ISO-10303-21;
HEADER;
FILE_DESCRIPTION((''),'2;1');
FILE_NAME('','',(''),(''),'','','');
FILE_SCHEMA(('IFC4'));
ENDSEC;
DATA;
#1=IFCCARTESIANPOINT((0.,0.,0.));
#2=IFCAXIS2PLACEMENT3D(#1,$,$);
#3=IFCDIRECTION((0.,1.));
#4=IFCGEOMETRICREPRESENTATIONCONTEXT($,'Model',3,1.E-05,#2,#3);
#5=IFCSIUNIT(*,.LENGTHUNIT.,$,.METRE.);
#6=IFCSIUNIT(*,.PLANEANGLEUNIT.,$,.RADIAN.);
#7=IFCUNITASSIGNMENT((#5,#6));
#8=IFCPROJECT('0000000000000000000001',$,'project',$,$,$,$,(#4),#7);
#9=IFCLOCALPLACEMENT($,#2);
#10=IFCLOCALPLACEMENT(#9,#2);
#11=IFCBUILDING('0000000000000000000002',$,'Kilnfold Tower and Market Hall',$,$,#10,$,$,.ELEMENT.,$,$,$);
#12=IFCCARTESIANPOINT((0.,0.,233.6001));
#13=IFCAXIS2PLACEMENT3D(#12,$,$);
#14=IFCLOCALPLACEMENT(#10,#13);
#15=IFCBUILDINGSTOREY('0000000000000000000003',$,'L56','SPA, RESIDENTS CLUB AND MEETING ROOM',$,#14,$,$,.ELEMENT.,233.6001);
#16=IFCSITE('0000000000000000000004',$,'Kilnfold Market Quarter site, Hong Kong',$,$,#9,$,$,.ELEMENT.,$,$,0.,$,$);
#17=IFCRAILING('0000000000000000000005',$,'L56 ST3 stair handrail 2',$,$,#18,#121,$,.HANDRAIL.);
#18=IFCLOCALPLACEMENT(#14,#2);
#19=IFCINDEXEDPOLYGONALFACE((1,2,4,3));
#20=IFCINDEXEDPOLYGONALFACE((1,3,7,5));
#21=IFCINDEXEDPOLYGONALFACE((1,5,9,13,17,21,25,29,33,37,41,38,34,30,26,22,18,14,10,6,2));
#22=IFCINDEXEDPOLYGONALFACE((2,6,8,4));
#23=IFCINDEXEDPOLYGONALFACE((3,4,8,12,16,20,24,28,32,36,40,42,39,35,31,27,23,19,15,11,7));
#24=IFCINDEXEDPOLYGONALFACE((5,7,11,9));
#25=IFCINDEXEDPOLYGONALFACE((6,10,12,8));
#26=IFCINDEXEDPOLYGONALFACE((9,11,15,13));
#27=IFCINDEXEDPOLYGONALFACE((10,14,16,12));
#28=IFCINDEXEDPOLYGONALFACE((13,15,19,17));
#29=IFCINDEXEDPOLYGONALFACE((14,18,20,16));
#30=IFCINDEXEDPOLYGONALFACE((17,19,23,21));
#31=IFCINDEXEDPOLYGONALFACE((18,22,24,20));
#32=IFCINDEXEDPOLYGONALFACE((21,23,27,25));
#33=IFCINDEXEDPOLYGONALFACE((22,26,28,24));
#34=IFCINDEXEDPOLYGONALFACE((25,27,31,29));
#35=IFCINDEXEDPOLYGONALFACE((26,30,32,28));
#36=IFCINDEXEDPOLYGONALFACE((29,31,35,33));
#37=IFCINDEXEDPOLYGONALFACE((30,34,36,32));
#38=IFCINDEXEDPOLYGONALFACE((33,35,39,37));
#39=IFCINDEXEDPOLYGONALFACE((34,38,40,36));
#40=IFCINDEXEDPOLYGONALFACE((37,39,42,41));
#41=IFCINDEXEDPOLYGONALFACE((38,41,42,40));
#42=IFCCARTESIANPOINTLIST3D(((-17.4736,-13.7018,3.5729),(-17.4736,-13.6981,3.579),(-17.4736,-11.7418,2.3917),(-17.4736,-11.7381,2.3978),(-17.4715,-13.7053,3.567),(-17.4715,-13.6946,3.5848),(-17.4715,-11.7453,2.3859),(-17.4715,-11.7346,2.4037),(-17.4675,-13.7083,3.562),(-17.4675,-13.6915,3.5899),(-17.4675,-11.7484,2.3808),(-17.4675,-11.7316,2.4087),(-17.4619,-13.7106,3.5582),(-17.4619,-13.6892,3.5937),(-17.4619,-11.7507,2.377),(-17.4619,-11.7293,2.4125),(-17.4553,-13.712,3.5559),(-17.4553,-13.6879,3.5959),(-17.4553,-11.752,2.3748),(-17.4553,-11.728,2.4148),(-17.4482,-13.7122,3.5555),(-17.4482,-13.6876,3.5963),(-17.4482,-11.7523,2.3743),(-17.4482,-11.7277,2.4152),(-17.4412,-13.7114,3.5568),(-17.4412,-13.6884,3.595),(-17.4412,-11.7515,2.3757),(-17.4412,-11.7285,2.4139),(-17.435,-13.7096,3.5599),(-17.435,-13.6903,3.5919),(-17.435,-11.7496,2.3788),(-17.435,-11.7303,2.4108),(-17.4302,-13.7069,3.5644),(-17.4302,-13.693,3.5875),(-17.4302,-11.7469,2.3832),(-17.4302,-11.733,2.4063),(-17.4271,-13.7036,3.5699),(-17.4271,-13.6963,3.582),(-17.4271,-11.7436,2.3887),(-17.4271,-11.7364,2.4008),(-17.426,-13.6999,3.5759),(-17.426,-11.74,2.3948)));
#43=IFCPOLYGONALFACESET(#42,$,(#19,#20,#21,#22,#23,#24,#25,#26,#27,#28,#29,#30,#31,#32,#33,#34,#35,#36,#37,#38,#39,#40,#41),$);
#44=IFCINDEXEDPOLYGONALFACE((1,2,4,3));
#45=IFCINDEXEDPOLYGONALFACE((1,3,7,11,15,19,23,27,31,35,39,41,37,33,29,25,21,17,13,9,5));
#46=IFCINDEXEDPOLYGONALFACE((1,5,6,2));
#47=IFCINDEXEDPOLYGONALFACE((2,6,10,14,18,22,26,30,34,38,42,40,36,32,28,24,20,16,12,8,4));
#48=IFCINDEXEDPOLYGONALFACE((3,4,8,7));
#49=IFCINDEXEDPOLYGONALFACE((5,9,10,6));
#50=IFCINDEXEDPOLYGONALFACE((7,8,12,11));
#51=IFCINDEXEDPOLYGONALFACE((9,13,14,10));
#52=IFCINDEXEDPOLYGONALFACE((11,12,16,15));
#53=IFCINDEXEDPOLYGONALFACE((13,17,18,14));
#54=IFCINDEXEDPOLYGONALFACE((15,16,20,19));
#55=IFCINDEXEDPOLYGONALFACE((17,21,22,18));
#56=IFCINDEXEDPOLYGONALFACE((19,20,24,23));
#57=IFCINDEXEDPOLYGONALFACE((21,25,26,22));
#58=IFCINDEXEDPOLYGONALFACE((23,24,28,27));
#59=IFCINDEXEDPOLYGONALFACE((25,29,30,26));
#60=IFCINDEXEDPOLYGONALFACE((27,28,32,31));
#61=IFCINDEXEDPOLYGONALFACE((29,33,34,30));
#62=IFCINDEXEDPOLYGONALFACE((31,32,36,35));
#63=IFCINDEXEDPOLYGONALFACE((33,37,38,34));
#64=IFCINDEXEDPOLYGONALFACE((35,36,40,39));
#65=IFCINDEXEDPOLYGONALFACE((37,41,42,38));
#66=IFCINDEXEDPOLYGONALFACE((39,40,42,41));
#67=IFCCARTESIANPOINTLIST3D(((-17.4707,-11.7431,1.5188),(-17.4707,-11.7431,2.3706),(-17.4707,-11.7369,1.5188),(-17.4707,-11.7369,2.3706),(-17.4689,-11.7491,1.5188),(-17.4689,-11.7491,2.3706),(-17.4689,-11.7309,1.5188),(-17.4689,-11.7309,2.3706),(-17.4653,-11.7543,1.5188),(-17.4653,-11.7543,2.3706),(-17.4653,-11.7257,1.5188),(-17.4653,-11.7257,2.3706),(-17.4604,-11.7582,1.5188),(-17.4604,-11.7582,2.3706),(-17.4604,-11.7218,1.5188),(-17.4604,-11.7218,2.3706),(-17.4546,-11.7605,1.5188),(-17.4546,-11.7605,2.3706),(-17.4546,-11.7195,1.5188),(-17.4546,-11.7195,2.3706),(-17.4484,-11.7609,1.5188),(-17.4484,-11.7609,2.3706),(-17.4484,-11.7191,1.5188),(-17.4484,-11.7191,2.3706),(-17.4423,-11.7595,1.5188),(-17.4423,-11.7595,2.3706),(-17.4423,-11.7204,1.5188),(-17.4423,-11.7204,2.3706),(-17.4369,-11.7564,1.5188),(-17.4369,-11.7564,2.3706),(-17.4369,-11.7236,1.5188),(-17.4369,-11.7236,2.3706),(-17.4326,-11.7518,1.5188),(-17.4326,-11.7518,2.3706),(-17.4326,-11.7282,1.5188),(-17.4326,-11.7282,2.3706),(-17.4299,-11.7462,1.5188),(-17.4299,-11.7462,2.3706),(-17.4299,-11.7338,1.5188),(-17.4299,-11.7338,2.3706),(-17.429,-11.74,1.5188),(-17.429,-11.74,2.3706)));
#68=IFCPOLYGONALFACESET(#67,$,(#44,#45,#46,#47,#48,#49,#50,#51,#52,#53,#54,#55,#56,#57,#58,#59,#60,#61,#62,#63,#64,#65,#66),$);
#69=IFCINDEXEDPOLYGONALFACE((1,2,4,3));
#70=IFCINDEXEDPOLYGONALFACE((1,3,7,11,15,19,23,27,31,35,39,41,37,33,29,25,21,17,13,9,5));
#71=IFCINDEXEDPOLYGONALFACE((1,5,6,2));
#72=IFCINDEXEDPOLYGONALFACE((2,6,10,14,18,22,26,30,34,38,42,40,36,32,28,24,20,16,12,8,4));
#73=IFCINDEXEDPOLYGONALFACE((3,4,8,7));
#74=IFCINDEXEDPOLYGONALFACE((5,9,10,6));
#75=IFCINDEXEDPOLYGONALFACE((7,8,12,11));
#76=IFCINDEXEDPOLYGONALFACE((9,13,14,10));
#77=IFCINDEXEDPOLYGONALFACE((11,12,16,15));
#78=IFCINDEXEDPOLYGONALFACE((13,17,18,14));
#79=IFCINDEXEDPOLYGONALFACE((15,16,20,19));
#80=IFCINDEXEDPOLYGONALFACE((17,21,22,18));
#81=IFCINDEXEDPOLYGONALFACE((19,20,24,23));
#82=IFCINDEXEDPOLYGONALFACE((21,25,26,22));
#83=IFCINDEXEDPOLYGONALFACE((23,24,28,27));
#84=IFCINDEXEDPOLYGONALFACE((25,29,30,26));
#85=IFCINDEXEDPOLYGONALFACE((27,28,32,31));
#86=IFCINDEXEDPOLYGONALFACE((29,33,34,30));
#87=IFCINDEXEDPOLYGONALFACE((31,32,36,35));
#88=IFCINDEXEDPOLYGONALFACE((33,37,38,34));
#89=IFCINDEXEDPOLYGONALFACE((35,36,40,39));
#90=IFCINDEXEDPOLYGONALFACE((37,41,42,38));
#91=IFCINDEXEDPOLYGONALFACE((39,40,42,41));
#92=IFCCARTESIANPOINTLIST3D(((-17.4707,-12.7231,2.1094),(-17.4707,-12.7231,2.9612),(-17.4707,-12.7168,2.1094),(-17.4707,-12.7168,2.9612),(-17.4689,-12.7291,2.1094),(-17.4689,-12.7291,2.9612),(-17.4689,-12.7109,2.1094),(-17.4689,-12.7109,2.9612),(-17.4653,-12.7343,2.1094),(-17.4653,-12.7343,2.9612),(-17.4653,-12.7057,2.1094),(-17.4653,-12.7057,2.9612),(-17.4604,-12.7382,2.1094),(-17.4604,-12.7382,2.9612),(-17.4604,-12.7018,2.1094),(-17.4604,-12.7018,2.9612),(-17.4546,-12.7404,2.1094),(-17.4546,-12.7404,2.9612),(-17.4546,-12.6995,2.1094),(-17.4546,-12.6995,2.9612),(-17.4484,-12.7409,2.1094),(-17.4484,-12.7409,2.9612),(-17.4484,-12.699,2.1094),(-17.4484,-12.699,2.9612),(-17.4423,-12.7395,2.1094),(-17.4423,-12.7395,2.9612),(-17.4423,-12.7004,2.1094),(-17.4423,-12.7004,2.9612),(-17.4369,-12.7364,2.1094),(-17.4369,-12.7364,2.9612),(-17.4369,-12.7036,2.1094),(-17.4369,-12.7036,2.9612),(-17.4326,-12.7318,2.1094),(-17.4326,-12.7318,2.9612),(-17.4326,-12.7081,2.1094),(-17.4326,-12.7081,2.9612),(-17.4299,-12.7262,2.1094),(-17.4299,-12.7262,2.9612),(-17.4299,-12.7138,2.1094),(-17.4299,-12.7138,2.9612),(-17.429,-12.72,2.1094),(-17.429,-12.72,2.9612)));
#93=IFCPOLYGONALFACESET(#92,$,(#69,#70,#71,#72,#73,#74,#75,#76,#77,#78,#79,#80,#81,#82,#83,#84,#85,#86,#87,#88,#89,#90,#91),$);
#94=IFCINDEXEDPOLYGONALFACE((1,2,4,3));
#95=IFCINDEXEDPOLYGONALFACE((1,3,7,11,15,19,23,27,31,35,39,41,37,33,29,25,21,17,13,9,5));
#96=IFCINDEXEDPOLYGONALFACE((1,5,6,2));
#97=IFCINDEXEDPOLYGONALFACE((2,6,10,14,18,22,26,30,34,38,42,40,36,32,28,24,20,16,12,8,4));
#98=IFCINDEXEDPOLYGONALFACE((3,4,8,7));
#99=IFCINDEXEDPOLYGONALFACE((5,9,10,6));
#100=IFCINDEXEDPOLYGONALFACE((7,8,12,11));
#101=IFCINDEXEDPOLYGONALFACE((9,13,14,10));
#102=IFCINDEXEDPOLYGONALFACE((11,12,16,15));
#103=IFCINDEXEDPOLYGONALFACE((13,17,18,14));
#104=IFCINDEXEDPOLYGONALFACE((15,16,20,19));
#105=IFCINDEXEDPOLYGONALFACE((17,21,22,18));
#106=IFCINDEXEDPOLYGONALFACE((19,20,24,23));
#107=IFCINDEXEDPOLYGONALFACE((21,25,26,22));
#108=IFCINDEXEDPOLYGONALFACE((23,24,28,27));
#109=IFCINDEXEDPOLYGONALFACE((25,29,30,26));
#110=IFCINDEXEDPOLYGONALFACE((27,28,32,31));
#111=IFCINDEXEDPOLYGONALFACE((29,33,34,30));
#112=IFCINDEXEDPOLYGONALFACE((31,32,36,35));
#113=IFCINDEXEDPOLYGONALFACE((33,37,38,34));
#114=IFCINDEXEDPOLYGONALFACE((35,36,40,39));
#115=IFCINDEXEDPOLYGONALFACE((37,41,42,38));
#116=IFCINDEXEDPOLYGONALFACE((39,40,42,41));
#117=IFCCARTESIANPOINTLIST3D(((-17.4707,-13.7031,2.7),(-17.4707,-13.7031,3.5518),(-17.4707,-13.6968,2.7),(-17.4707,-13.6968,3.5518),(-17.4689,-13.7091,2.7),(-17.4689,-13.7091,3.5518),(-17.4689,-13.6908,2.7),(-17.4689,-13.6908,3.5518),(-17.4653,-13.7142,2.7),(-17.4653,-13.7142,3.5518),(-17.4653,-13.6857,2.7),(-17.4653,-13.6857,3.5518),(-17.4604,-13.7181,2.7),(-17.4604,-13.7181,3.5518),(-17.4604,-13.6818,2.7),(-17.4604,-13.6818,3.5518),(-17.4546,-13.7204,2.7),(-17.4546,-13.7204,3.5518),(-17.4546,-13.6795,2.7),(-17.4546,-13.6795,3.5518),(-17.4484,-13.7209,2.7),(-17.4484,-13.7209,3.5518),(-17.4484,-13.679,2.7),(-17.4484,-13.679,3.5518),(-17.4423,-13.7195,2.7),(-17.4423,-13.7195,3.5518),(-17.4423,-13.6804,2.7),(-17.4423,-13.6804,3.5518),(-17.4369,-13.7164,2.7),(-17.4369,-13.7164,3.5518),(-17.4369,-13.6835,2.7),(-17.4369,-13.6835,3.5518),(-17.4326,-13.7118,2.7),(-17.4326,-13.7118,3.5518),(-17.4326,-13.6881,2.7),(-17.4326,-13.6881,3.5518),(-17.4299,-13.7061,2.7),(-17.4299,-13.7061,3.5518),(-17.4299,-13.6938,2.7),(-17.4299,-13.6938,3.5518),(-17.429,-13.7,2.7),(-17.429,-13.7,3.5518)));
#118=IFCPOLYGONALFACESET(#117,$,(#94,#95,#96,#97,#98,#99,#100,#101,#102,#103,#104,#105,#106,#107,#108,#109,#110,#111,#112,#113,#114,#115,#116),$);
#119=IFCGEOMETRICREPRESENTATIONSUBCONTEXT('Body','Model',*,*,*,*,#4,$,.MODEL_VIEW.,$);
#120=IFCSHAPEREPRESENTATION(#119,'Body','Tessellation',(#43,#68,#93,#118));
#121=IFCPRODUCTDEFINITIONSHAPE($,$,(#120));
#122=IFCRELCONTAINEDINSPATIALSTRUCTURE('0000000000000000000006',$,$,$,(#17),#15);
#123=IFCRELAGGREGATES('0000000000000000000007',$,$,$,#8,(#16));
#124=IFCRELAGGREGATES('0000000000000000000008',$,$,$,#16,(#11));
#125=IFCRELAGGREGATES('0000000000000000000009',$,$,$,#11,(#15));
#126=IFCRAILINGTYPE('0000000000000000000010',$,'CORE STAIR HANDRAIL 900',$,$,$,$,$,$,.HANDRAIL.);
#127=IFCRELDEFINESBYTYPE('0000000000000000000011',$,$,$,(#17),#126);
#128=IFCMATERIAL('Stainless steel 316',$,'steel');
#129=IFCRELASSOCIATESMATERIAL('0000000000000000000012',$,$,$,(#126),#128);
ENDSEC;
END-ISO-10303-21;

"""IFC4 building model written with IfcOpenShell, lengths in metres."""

from ifc_helpers import new_model, si_unit, direction, frame, origin, origin_2d, place, context, subcontext, project, spatial, circle, extrude, material, type_object, element, save


model = new_model("IFC4")

# Units and contexts
model_context = context("Model", 3, precision=1e-05, world=origin(), true_north=direction((0.0, 1.0)))
body_context = subcontext(model_context, "Body", "Model", "MODEL_VIEW")
ifc_project = project(units=[si_unit("LENGTHUNIT", "METRE"), si_unit("PLANEANGLEUNIT", "RADIAN")], contexts=[model_context])

# Site, building, storey
site_placement = place(None, origin())
site = spatial("IfcSite", under=ifc_project, at=site_placement, Name="Kilnfold Market Quarter site, Hong Kong", CompositionType="ELEMENT", RefElevation=0.0)
building_placement = place(site_placement, origin())
building = spatial("IfcBuilding", under=site, at=building_placement, Name="Kilnfold Tower and Market Hall", CompositionType="ELEMENT")
storey_placement = place(building_placement, frame((0.0, 0.0, 233.6001)))
storey = spatial("IfcBuildingStorey", under=building, at=storey_placement, Name="L56", Description="SPA, RESIDENTS CLUB AND MEETING ROOM", CompositionType="ELEMENT", Elevation=233.6001)

# Railing
ifc_material_1 = material(Name="Stainless steel 316", Category="steel")
railing_type_1 = type_object("IfcRailingType", Name="CORE STAIR HANDRAIL 900", PredefinedType="HANDRAIL", material=ifc_material_1)
railing_1_placement = place(storey_placement, frame((-17.45, -11.74, 1.5188)))
element("IfcRailing", 1, at=railing_1_placement, inside=storey, type_object=railing_type_1, Name="L56 ST3 stair handrail 2", PredefinedType="HANDRAIL", context=body_context, shape_type="SweptSolid", body=[
    extrude(circle(Radius=0.0239, at=origin_2d()), frame((0.0, 0.0, 0.876), z_axis=(0.0, -0.856493, 0.516158), x_axis=(1.0, 0.0, 0.0)), (0.0, 0.0, 1.0), 2.2883),
    extrude(circle(Radius=0.021, at=origin_2d()), origin(), (0.0, 0.0, 1.0), 0.8518),
    extrude(circle(Radius=0.021, at=origin_2d()), frame((0.0, -0.98, 0.5906)), (0.0, 0.0, 1.0), 0.8518),
    extrude(circle(Radius=0.021, at=origin_2d()), frame((0.0, -1.96, 1.1812)), (0.0, 0.0, 1.0), 0.8518),
])

save(model, "model.ifc")
